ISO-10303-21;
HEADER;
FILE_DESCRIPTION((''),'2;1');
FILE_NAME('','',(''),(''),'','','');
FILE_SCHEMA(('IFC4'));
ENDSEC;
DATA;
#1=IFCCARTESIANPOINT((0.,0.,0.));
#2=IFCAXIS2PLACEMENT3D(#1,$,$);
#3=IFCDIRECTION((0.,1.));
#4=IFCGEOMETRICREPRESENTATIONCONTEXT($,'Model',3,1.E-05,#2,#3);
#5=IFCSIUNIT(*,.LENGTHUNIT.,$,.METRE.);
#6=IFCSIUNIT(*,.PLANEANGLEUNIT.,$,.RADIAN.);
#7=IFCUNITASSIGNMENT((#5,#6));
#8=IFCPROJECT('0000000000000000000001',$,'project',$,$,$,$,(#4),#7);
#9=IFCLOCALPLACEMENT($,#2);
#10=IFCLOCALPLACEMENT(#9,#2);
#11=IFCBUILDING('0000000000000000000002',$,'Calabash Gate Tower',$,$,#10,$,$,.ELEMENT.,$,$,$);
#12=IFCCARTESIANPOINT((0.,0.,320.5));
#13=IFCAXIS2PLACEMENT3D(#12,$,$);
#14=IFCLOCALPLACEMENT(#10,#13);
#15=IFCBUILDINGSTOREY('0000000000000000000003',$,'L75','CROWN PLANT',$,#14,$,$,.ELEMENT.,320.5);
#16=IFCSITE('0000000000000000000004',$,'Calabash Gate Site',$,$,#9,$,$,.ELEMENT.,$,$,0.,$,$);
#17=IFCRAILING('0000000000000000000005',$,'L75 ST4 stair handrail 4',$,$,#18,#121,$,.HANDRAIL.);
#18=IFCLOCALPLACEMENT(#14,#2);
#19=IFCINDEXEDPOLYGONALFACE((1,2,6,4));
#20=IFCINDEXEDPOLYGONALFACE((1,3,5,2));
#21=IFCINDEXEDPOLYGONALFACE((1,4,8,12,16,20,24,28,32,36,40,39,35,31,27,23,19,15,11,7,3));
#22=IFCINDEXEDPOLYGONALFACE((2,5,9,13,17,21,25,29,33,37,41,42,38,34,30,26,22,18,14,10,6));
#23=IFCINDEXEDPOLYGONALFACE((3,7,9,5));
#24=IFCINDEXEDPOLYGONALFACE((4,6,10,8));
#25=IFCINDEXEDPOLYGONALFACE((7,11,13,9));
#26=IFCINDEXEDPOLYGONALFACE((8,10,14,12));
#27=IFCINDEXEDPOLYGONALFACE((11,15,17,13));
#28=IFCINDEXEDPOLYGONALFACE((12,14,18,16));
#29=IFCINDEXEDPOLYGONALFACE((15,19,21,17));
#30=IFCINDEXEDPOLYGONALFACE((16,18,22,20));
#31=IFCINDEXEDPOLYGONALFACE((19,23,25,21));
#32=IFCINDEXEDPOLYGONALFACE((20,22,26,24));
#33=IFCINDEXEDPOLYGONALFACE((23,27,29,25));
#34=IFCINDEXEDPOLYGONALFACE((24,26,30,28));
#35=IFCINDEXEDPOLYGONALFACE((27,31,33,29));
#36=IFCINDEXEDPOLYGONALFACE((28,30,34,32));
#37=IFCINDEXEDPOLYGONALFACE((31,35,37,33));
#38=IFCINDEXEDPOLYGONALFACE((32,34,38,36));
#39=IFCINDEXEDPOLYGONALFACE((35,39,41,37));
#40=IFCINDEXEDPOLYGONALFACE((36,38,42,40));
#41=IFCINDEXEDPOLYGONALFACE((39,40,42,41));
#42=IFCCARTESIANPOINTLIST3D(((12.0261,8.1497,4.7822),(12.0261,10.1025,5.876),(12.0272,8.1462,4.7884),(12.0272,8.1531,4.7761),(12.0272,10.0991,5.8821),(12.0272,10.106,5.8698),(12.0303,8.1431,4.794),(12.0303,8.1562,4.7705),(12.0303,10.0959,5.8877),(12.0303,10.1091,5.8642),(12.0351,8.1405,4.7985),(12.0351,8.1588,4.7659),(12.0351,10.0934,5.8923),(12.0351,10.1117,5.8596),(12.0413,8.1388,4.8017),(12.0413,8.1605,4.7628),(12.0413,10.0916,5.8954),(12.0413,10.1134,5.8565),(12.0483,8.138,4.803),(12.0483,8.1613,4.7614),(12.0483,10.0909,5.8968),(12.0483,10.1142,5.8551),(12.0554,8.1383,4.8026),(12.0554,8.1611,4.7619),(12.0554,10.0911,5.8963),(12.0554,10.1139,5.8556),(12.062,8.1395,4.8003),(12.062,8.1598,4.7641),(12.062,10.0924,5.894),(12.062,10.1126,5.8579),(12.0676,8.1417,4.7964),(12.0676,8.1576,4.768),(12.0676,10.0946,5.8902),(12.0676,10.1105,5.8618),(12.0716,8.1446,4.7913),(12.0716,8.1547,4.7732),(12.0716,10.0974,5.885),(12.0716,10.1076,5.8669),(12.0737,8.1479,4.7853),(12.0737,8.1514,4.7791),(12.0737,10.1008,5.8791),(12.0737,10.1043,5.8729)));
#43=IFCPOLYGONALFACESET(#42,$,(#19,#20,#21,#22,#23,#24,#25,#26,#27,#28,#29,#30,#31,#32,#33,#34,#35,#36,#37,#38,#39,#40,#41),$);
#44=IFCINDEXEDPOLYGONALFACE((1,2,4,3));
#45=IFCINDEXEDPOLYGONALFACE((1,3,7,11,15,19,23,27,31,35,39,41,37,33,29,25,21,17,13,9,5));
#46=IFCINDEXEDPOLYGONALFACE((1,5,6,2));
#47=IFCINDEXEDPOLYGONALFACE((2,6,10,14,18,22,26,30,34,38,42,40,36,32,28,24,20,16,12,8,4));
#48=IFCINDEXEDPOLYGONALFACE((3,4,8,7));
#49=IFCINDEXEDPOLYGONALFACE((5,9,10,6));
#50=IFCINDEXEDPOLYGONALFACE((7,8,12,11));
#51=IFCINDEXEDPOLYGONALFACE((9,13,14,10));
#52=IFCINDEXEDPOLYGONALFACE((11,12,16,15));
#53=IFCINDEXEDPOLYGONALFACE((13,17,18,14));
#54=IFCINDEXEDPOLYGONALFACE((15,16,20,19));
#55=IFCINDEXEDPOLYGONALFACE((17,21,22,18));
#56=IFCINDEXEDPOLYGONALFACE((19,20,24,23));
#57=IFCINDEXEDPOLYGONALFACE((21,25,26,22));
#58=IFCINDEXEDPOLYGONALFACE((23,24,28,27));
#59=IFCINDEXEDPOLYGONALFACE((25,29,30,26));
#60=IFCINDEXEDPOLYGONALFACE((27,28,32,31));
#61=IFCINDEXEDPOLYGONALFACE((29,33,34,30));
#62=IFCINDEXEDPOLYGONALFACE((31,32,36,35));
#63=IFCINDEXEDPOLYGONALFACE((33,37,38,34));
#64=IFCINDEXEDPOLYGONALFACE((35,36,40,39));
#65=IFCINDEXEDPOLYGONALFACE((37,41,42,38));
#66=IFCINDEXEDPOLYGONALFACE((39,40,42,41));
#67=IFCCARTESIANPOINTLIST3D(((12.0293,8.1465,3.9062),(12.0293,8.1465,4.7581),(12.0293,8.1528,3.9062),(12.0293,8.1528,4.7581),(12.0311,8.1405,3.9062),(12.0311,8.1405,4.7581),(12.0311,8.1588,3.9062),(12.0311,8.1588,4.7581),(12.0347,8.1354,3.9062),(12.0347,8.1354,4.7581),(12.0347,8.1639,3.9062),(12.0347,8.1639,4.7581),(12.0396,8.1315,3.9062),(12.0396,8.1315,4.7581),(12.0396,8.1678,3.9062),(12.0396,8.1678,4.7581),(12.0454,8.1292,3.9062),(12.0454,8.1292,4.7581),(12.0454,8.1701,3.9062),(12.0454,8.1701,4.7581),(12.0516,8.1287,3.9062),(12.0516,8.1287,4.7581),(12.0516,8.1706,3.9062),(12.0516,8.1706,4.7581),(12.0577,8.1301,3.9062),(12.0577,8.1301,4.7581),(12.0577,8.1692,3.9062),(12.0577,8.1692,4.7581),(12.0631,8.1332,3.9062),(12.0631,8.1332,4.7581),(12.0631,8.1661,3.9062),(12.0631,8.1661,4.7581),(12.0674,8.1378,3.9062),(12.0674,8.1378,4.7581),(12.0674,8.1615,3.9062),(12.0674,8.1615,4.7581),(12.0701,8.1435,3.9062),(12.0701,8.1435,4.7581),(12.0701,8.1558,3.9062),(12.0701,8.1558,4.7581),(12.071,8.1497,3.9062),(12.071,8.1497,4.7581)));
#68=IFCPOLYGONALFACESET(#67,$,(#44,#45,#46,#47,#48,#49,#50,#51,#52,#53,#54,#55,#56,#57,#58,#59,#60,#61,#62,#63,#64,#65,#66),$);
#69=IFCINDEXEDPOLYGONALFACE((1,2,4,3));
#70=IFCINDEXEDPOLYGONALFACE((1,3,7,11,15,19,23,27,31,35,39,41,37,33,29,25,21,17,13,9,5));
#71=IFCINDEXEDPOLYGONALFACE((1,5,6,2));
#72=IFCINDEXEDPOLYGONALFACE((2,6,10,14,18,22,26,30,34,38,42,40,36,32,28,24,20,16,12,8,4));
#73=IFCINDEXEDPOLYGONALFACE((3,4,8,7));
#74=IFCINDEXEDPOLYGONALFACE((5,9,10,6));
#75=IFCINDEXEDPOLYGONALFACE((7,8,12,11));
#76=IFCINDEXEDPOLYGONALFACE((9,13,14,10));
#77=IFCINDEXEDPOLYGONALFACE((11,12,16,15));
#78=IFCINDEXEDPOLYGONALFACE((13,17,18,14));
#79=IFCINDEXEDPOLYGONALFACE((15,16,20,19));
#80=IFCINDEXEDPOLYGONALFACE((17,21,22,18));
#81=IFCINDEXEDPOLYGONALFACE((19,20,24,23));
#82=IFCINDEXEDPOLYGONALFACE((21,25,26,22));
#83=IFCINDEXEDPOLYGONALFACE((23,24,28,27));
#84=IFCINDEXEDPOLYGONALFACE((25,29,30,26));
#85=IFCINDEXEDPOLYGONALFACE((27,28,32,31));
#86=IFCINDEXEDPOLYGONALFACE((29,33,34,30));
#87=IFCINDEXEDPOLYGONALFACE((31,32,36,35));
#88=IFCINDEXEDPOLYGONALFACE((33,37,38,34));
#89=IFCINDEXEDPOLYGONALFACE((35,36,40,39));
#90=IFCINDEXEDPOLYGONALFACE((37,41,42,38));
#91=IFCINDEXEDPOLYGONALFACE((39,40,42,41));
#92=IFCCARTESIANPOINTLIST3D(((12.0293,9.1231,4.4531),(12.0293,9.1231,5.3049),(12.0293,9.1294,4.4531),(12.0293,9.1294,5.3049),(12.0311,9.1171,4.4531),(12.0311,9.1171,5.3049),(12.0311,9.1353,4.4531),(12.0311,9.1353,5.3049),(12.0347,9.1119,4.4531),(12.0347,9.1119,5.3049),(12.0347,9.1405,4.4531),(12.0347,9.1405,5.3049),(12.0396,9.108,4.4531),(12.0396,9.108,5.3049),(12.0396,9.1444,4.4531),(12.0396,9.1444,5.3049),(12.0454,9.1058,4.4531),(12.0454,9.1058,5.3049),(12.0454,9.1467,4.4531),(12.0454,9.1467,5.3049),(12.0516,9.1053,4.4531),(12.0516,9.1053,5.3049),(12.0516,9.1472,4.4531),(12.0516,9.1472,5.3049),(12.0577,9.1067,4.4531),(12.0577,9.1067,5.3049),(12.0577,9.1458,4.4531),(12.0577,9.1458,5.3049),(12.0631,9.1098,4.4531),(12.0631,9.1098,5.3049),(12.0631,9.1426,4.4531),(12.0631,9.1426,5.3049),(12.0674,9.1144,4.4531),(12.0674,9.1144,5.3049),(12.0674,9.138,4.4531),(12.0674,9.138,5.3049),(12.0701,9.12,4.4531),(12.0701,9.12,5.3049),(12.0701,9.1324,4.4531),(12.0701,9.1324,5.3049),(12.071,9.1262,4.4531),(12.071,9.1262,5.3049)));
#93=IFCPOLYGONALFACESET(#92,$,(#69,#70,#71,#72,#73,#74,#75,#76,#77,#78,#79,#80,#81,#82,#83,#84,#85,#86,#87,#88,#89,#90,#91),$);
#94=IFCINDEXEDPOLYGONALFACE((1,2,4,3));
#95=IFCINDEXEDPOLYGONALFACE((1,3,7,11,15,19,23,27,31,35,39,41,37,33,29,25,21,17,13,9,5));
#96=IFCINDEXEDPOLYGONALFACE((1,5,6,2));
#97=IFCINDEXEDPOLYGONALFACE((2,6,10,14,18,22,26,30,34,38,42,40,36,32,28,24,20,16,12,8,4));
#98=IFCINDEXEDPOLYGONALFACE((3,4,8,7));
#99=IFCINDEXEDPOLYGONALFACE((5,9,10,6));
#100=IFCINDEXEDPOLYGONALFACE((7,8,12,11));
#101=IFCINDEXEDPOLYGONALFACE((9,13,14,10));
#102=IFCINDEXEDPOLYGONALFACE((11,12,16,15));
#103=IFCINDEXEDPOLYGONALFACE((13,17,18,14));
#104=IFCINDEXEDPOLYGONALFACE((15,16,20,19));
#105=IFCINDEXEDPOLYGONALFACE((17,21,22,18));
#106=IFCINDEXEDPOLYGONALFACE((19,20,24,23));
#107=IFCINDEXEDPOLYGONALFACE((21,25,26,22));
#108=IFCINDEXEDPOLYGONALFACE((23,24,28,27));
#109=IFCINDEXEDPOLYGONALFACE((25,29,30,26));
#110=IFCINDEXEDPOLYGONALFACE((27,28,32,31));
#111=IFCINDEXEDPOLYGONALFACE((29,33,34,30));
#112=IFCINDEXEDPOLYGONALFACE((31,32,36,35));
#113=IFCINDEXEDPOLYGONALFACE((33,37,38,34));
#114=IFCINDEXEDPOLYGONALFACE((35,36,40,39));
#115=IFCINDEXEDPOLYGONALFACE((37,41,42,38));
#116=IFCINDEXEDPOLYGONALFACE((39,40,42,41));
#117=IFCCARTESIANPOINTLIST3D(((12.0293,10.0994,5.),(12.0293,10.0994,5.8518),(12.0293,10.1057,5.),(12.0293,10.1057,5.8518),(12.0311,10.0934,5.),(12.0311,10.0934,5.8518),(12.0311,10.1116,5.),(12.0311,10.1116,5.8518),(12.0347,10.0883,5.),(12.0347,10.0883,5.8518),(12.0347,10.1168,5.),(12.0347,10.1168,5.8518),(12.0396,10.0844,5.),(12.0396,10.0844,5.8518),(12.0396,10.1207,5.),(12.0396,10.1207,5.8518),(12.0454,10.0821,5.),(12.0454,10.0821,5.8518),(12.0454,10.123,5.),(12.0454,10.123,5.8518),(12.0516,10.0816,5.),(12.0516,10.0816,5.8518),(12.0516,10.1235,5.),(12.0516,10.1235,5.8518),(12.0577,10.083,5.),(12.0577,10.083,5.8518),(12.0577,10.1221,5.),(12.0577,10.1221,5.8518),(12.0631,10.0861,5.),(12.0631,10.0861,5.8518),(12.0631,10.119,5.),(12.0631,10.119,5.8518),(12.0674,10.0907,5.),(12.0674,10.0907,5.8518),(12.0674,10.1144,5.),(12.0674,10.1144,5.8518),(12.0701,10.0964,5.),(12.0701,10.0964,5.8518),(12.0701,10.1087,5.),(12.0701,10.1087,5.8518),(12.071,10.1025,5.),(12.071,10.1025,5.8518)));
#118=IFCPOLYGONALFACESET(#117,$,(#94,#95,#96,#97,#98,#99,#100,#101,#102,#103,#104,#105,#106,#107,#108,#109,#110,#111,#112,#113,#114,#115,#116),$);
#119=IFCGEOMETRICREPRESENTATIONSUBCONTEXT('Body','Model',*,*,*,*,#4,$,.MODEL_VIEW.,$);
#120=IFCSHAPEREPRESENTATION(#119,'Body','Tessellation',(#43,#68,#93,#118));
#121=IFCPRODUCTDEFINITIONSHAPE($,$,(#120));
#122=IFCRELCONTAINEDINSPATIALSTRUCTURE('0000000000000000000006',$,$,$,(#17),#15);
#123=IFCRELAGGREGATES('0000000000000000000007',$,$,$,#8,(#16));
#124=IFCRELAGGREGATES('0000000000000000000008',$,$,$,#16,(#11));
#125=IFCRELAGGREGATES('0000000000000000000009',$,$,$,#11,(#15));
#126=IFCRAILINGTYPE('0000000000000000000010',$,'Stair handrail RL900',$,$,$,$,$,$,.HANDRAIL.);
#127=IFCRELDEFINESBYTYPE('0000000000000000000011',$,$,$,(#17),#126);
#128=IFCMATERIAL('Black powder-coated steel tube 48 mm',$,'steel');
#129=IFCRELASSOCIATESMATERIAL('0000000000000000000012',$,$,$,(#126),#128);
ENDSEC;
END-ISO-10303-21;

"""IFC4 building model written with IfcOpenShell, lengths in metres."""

from ifc_helpers import new_model, si_unit, direction, frame, origin, origin_2d, place, context, subcontext, project, spatial, circle, extrude, material, type_object, element, save


model = new_model("IFC4")

# Units and contexts
model_context = context("Model", 3, precision=1e-05, world=origin(), true_north=direction((0.0, 1.0)))
body_context = subcontext(model_context, "Body", "Model", "MODEL_VIEW")
ifc_project = project(units=[si_unit("LENGTHUNIT", "METRE"), si_unit("PLANEANGLEUNIT", "RADIAN")], contexts=[model_context])

# Site, building, storey
site_placement = place(None, origin())
site = spatial("IfcSite", under=ifc_project, at=site_placement, Name="Calabash Gate Site", CompositionType="ELEMENT", RefElevation=0.0)
building_placement = place(site_placement, origin())
building = spatial("IfcBuilding", under=site, at=building_placement, Name="Calabash Gate Tower", CompositionType="ELEMENT")
storey_placement = place(building_placement, frame((0.0, 0.0, 320.5)))
storey = spatial("IfcBuildingStorey", under=building, at=storey_placement, Name="L75", Description="CROWN PLANT", CompositionType="ELEMENT", Elevation=320.5)

# Railing
ifc_material_1 = material(Name="Black powder-coated steel tube 48 mm", Category="steel")
railing_type_1 = type_object("IfcRailingType", Name="Stair handrail RL900", PredefinedType="HANDRAIL", material=ifc_material_1)
railing_1_placement = place(storey_placement, frame((12.05, 8.1497, 3.9062)))
element("IfcRailing", 1, at=railing_1_placement, inside=storey, type_object=railing_type_1, Name="L75 ST4 stair handrail 4", PredefinedType="HANDRAIL", context=body_context, shape_type="SweptSolid", body=[
    extrude(circle(Radius=0.0239, at=origin_2d()), frame((0.0, 0.0, 0.876), z_axis=(0.0, 0.87248, 0.48865), x_axis=(-1.0, 0.0, 0.0)), (0.0, 0.0, 1.0), 2.2383),
    extrude(circle(Radius=0.021, at=origin_2d()), origin(), (0.0, 0.0, 1.0), 0.8518),
    extrude(circle(Radius=0.021, at=origin_2d()), frame((0.0, 0.9766, 0.5469)), (0.0, 0.0, 1.0), 0.8518),
    extrude(circle(Radius=0.021, at=origin_2d()), frame((0.0, 1.9529, 1.0938)), (0.0, 0.0, 1.0), 0.8518),
])

save(model, "model.ifc")
